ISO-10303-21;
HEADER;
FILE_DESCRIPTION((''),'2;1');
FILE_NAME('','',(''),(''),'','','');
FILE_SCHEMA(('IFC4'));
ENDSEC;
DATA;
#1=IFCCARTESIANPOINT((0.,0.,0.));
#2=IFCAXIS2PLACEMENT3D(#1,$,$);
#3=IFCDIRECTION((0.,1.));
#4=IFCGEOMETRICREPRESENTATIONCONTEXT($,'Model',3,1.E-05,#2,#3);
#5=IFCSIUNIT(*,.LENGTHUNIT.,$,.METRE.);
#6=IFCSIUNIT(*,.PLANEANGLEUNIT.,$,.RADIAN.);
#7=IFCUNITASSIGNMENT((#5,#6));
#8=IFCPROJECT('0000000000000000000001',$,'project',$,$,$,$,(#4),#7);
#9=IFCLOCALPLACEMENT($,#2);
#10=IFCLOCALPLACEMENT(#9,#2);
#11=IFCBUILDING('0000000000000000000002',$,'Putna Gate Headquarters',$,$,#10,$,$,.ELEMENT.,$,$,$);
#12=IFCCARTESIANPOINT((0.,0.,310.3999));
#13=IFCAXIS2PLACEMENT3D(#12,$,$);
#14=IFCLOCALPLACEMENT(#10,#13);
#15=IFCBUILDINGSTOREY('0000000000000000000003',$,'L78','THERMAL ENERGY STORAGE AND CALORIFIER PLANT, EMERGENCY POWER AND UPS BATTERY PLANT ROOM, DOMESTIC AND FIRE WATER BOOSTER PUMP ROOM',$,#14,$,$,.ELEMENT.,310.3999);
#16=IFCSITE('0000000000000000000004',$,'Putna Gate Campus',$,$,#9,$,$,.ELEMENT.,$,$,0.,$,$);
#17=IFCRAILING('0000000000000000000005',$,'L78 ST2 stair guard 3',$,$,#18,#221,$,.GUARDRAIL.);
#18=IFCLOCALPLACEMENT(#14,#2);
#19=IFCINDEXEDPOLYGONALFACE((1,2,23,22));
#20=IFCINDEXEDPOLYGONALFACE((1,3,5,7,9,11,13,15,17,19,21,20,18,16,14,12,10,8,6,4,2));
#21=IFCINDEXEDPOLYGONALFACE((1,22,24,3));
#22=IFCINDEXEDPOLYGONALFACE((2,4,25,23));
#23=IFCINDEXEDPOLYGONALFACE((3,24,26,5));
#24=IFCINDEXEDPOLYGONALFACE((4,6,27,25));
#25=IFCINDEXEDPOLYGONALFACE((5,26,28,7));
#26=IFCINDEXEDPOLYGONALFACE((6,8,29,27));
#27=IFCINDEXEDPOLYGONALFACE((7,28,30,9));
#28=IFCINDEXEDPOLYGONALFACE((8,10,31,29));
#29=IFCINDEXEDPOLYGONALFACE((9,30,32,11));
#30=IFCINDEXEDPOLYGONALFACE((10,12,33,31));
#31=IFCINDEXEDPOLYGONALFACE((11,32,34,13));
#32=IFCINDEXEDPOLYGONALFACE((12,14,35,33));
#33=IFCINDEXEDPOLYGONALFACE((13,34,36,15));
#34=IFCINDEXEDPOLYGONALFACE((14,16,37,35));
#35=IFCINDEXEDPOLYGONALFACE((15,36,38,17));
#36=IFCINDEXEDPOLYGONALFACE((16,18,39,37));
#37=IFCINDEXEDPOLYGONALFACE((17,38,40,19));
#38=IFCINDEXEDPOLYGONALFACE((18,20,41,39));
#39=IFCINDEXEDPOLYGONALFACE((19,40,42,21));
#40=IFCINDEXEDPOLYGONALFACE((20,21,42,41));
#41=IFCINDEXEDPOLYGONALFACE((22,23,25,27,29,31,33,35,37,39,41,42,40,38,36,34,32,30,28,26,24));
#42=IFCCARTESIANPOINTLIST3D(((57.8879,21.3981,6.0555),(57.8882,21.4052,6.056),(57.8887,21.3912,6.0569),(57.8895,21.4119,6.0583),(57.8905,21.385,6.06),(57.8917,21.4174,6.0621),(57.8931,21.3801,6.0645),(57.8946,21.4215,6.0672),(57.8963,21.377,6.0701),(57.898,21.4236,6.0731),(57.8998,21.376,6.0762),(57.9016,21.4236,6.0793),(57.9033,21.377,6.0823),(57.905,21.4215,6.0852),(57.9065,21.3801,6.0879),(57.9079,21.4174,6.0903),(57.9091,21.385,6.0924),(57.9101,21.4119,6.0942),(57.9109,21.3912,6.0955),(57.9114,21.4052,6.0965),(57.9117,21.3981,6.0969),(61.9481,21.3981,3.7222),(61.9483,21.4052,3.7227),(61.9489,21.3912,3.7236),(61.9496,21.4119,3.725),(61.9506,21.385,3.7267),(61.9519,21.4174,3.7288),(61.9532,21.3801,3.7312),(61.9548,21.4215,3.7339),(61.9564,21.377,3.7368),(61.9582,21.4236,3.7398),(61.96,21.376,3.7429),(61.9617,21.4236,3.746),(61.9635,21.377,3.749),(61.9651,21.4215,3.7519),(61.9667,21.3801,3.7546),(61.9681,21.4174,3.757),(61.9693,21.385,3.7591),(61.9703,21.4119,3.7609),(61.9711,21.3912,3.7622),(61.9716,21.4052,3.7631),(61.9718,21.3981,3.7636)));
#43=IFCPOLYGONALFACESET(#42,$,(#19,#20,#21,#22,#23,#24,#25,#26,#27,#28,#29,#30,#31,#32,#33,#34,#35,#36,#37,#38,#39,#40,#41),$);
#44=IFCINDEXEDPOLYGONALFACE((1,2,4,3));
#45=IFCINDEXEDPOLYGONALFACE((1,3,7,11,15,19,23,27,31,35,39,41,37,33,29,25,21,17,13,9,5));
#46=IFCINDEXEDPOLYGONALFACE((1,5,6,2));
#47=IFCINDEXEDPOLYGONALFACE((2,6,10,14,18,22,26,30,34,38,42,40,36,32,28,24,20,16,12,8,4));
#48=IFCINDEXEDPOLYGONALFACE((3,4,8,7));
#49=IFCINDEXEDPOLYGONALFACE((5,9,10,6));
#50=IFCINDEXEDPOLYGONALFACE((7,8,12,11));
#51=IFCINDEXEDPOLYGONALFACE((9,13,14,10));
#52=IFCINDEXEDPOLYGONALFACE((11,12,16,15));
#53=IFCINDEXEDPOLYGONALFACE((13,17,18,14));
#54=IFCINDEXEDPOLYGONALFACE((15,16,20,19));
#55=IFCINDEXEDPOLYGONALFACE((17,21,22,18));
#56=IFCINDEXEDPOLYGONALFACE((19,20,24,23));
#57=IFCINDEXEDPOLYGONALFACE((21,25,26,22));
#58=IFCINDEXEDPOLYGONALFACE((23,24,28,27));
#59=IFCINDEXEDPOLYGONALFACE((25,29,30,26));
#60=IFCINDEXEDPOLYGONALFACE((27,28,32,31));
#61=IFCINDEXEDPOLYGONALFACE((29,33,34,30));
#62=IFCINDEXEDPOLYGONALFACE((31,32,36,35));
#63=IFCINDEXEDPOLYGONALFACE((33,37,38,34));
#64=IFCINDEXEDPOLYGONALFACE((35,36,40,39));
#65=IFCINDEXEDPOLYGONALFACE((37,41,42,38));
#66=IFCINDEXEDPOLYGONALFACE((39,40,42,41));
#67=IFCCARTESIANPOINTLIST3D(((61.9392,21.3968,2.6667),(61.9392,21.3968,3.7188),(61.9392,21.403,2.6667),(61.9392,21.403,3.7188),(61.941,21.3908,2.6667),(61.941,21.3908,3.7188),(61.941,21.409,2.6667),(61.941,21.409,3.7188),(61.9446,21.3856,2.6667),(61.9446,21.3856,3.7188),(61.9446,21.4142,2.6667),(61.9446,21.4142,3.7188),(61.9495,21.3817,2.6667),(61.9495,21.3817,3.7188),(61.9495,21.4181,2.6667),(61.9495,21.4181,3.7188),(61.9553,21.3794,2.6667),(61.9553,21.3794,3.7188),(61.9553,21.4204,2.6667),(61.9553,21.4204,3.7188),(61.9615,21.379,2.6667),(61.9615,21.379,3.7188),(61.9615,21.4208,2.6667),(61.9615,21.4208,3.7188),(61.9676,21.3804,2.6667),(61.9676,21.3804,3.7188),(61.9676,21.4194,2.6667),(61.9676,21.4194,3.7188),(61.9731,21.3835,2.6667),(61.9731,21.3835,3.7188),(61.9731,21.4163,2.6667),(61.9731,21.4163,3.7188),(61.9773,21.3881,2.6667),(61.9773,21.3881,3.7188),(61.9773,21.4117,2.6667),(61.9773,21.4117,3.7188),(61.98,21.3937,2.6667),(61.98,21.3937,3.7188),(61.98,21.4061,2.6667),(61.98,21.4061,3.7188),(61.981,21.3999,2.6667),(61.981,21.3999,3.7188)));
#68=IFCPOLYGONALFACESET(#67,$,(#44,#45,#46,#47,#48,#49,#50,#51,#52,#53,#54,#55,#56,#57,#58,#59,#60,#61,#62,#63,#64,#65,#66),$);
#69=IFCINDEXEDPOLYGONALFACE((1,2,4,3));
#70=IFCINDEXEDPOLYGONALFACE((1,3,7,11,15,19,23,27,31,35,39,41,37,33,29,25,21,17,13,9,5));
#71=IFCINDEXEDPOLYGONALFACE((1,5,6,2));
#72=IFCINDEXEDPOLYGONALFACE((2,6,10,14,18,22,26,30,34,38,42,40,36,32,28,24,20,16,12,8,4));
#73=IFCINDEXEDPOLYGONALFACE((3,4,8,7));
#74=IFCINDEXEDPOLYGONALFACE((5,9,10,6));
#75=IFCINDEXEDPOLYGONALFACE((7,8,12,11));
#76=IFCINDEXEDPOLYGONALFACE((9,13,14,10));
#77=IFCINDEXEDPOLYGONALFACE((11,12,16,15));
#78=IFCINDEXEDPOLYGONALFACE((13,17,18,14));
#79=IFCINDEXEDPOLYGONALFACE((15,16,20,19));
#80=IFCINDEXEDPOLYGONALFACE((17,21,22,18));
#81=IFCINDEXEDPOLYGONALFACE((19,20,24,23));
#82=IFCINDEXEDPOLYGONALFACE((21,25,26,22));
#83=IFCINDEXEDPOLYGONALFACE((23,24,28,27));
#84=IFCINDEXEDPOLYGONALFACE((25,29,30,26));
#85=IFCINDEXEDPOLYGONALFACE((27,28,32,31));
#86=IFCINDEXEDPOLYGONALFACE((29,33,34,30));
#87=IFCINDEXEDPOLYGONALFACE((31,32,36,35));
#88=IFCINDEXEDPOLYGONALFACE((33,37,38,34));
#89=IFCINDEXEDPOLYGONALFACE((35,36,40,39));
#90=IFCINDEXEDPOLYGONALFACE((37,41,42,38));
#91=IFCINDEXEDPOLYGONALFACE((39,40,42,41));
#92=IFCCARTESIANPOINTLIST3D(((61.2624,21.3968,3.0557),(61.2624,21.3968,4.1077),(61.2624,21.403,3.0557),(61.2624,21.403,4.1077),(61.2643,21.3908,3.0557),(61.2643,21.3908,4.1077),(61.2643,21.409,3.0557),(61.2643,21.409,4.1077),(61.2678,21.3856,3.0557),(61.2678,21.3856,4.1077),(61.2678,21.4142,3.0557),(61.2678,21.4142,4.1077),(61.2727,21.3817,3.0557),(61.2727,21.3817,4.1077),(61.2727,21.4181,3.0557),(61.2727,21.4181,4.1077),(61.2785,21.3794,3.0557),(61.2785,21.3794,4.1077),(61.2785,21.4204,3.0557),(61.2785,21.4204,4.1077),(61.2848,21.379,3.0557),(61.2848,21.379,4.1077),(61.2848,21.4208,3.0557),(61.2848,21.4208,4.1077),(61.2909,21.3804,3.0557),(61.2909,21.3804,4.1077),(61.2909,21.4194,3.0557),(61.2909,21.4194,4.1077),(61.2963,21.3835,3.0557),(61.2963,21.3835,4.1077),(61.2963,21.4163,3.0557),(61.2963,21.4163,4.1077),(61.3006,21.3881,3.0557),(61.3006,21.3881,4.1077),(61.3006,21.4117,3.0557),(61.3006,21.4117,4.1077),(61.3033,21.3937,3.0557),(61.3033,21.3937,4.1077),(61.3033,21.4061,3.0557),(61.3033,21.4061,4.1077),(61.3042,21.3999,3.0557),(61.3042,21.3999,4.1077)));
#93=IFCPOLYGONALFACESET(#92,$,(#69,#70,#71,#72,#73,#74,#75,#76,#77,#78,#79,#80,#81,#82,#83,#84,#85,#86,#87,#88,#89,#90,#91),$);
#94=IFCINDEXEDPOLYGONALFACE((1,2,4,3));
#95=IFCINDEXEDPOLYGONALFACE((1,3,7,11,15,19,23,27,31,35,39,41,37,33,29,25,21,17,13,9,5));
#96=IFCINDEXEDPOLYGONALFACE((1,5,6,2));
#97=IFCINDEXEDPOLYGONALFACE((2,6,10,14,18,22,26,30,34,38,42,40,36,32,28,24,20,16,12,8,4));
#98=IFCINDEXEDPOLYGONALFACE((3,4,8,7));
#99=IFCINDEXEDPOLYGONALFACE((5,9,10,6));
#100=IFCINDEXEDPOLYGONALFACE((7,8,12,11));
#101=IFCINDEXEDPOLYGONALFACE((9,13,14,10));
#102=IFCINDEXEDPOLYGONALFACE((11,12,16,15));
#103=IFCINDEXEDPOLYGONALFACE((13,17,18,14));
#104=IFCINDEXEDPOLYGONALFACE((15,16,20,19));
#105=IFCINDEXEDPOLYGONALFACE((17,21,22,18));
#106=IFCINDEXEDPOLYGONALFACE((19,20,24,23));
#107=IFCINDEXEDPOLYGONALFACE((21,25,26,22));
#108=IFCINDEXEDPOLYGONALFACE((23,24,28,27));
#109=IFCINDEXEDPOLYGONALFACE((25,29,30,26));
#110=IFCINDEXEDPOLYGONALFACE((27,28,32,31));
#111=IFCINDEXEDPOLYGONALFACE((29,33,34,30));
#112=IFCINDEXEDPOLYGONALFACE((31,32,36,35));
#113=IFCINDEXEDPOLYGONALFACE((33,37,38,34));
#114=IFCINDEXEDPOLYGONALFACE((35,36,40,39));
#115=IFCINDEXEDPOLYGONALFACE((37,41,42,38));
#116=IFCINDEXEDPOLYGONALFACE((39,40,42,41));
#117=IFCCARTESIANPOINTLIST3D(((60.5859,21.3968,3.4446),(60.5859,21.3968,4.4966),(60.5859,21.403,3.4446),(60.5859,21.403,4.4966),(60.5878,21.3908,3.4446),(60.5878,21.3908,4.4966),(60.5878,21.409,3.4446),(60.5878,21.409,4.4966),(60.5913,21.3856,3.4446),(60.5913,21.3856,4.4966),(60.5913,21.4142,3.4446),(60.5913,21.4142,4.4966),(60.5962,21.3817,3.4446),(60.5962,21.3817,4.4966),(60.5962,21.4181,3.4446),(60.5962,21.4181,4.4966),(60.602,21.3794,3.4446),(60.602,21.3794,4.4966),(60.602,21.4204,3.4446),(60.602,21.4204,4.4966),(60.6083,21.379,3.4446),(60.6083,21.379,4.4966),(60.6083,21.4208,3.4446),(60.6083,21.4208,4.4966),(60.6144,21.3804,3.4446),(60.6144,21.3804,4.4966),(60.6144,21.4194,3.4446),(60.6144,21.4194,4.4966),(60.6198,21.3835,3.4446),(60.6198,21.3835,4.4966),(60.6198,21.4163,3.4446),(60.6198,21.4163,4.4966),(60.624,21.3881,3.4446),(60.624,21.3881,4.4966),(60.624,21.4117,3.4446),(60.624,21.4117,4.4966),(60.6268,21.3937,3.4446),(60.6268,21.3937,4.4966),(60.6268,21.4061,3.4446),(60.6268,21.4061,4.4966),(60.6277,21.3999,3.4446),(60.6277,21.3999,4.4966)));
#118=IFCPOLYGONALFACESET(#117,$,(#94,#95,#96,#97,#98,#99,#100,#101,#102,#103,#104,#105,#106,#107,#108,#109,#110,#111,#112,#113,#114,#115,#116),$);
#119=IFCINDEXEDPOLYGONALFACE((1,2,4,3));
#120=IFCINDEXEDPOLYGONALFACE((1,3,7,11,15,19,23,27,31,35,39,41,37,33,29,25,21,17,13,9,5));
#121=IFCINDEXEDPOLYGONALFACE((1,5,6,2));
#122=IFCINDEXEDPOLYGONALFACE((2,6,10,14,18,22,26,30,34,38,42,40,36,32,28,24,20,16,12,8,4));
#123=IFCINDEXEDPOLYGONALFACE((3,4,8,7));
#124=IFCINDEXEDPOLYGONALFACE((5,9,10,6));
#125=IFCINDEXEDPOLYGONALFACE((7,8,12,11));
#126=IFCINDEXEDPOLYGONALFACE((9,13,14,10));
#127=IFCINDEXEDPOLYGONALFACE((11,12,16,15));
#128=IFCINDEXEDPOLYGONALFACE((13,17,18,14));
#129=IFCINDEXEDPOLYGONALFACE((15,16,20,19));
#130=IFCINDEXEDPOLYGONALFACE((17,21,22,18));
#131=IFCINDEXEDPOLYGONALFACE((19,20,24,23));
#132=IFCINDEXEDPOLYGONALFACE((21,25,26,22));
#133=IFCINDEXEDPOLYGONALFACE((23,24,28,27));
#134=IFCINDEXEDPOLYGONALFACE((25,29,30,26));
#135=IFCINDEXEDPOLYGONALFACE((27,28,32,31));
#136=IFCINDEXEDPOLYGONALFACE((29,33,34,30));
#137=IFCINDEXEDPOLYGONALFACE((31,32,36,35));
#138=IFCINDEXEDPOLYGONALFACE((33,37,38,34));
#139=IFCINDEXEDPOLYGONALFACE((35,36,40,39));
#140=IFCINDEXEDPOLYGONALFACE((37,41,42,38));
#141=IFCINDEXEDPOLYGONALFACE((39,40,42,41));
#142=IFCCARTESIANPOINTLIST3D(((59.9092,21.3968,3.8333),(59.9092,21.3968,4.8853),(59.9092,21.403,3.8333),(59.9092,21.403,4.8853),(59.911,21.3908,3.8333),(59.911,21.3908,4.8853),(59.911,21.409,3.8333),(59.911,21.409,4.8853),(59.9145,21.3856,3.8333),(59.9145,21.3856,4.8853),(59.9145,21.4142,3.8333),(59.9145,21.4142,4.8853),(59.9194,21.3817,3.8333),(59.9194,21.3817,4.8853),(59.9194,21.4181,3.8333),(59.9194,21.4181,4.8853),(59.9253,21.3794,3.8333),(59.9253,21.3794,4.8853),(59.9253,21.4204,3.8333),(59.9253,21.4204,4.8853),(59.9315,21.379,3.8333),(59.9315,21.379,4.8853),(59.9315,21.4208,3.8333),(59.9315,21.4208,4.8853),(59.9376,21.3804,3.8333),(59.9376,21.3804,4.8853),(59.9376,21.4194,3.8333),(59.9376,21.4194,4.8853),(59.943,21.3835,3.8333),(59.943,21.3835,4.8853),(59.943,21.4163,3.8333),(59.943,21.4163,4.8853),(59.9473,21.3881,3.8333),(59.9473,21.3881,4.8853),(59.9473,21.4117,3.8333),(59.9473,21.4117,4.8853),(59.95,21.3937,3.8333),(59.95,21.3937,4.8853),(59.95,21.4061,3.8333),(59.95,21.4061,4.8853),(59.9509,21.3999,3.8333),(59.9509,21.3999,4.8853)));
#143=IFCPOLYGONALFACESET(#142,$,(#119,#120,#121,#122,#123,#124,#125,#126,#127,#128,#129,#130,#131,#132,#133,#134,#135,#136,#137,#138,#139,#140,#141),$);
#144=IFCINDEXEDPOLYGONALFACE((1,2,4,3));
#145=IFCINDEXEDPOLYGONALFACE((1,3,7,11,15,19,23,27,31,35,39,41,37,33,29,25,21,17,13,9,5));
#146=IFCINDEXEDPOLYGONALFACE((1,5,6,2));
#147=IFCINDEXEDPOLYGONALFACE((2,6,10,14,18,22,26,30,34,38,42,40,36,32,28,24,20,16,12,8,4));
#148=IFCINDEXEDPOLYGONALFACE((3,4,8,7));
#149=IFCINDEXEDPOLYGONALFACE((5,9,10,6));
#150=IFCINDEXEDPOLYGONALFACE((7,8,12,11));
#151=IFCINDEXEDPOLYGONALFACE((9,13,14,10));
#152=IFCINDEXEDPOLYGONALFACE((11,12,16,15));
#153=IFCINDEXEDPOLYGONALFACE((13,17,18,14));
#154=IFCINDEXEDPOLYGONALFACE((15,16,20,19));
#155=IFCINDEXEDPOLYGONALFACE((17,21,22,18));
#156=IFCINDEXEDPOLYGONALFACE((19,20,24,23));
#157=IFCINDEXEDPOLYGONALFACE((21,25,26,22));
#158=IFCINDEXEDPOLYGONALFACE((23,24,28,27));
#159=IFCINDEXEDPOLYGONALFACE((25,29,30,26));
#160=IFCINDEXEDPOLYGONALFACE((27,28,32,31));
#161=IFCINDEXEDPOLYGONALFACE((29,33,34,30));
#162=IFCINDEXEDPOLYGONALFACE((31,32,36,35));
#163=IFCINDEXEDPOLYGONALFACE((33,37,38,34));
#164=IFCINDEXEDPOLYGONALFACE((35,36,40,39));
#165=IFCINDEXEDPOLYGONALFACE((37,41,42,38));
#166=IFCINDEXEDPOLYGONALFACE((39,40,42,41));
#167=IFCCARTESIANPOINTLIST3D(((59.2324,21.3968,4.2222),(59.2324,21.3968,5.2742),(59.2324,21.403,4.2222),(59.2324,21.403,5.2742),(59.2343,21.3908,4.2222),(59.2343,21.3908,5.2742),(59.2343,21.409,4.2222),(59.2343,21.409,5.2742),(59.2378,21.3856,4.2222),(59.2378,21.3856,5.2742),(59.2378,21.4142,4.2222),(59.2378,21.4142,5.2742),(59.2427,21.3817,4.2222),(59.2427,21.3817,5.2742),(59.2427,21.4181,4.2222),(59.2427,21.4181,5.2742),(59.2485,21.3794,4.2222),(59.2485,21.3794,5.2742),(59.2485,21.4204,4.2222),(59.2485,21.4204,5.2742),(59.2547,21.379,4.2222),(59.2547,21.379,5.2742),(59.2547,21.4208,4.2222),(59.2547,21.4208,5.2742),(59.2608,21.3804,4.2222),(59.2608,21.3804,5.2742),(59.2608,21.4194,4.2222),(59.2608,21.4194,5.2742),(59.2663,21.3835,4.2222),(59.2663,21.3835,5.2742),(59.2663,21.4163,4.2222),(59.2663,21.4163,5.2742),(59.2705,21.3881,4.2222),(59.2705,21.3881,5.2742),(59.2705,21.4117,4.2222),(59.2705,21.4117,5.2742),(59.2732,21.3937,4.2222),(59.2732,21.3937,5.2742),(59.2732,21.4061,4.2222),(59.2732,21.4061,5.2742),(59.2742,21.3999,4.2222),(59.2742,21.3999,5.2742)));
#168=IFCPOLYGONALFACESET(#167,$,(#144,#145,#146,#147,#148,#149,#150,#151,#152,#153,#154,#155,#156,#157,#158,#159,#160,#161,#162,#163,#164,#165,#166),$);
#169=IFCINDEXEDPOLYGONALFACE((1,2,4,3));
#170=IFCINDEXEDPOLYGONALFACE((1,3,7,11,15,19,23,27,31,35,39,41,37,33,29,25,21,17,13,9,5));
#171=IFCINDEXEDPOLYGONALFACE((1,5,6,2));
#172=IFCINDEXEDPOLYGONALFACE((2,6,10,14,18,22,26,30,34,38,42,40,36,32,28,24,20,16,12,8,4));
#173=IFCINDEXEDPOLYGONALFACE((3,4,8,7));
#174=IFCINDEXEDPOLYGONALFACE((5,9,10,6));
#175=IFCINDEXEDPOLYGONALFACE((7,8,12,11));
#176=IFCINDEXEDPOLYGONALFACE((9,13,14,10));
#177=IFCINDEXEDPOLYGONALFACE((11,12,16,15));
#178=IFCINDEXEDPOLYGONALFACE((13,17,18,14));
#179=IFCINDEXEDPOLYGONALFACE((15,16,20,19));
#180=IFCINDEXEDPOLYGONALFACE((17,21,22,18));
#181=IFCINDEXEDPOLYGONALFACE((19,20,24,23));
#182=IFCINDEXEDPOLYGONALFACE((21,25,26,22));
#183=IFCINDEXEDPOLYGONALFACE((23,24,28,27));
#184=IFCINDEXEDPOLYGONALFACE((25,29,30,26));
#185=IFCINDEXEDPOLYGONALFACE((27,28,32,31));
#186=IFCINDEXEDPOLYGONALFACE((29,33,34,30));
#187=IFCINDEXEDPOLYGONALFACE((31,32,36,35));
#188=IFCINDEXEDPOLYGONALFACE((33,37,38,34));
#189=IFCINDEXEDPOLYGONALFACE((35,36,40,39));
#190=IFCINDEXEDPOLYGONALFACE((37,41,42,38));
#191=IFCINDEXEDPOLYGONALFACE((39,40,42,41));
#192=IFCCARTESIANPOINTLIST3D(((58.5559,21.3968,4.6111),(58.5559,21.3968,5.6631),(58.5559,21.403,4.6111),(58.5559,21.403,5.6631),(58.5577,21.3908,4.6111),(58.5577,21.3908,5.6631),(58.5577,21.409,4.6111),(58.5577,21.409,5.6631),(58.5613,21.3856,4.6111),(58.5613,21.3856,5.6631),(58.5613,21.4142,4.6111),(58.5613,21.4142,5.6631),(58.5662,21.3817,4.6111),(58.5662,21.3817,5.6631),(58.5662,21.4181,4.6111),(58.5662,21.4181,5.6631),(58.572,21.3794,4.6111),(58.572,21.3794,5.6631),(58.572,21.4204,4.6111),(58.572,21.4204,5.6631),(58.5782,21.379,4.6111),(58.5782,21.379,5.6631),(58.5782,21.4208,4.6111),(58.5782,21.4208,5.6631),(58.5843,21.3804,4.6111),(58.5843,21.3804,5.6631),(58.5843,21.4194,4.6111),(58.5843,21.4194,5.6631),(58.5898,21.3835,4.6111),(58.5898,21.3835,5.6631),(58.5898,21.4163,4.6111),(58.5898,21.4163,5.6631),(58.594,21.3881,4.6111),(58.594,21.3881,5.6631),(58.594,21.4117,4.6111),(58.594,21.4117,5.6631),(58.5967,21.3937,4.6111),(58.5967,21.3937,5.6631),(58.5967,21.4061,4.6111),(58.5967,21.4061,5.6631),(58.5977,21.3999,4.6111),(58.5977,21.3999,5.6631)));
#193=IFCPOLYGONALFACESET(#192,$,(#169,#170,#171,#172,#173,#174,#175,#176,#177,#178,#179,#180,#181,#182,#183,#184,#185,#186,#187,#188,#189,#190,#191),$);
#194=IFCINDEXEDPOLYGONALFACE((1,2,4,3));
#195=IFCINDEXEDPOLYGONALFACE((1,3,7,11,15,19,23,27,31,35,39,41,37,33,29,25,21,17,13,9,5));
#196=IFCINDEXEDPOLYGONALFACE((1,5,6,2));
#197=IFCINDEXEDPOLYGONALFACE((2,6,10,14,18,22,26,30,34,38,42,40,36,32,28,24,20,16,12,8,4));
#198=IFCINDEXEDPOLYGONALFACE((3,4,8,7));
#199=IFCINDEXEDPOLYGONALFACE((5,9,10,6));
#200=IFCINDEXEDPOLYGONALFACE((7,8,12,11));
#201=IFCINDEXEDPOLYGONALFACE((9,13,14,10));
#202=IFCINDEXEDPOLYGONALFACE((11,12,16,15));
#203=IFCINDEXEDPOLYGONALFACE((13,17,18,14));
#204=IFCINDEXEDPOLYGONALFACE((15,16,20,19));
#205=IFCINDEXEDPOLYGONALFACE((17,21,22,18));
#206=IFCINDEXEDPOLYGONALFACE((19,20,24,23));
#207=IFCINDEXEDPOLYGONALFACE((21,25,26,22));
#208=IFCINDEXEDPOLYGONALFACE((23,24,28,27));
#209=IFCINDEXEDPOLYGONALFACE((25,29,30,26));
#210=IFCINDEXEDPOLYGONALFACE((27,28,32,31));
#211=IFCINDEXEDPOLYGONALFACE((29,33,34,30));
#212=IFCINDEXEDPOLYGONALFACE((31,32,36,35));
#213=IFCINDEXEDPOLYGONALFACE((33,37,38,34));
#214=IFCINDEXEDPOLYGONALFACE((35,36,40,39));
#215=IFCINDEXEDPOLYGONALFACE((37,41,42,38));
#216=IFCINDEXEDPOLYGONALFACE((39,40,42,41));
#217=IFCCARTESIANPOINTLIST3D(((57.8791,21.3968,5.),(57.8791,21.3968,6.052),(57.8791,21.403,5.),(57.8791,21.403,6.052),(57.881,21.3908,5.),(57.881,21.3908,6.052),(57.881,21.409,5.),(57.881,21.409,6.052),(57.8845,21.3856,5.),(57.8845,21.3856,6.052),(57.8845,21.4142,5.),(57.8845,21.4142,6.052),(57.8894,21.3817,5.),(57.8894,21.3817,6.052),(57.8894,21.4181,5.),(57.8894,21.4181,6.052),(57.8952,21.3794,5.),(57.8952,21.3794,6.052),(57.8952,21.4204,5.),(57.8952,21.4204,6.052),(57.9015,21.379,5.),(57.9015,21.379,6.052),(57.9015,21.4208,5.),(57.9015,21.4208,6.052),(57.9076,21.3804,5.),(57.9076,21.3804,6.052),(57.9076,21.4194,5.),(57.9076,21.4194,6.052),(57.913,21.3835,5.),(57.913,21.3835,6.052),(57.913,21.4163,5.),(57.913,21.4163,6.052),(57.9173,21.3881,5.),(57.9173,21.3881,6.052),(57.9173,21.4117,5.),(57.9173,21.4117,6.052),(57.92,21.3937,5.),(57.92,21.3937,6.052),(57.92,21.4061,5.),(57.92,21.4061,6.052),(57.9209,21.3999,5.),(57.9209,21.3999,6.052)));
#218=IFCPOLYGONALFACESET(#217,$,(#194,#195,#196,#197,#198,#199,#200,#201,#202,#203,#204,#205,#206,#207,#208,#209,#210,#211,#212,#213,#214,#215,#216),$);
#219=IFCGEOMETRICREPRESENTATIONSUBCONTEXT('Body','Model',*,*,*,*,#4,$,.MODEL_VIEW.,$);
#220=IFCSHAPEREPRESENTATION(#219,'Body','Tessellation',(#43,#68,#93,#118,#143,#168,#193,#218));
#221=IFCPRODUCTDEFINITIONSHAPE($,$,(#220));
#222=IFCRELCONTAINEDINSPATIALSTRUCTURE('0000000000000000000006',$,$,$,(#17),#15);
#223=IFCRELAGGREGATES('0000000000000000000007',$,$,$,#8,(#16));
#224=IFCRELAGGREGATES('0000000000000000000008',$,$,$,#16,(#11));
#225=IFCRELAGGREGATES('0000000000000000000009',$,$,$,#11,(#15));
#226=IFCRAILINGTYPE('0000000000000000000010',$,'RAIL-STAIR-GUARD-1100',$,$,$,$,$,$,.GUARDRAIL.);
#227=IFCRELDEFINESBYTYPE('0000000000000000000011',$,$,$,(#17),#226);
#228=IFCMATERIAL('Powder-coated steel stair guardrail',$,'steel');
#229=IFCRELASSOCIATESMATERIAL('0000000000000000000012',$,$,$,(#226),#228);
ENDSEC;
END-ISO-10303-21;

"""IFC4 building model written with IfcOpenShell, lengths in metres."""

from ifc_helpers import new_model, si_unit, direction, frame, origin, origin_2d, place, context, subcontext, project, spatial, circle, extrude, material, type_object, element, save


model = new_model("IFC4")

# Units and contexts
model_context = context("Model", 3, precision=1e-05, world=origin(), true_north=direction((0.0, 1.0)))
body_context = subcontext(model_context, "Body", "Model", "MODEL_VIEW")
ifc_project = project(units=[si_unit("LENGTHUNIT", "METRE"), si_unit("PLANEANGLEUNIT", "RADIAN")], contexts=[model_context])

# Site, building, storey
site_placement = place(None, origin())
site = spatial("IfcSite", under=ifc_project, at=site_placement, Name="Putna Gate Campus", CompositionType="ELEMENT", RefElevation=0.0)
building_placement = place(site_placement, origin())
building = spatial("IfcBuilding", under=site, at=building_placement, Name="Putna Gate Headquarters", CompositionType="ELEMENT")
storey_placement = place(building_placement, frame((0.0, 0.0, 310.3999)))
storey = spatial("IfcBuildingStorey", under=building, at=storey_placement, Name="L78", Description="THERMAL ENERGY STORAGE AND CALORIFIER PLANT, EMERGENCY POWER AND UPS BATTERY PLANT ROOM, DOMESTIC AND FIRE WATER BOOSTER PUMP ROOM", CompositionType="ELEMENT", Elevation=310.3999)

# Railing
ifc_material_1 = material(Name="Powder-coated steel stair guardrail", Category="steel")
railing_type = type_object("IfcRailingType", Name="RAIL-STAIR-GUARD-1100", PredefinedType="GUARDRAIL", material=ifc_material_1)
railing_1_placement = place(storey_placement, frame((61.96, 21.3999, 2.6667)))
element("IfcRailing", 1, at=railing_1_placement, inside=storey, type_object=railing_type, Name="L78 ST2 stair guard 3", PredefinedType="GUARDRAIL", context=body_context, shape_type="SweptSolid", body=[
    extrude(circle(Radius=0.0239, at=origin_2d()), frame((0.0, 0.0, 1.0762), z_axis=(-0.867025, 0.0, 0.498265), x_axis=(0.0, -1.0, 0.0)), (0.0, 0.0, 1.0), 4.6829),
    extrude(circle(Radius=0.021, at=origin_2d()), origin(), (0.0, 0.0, 1.0), 1.052),
    extrude(circle(Radius=0.021, at=origin_2d()), frame((-0.6768, 0.0, 0.3889)), (0.0, 0.0, 1.0), 1.052),
    extrude(circle(Radius=0.021, at=origin_2d()), frame((-1.3533, 0.0, 0.7778)), (0.0, 0.0, 1.0), 1.052),
    extrude(circle(Radius=0.021, at=origin_2d()), frame((-2.03, 0.0, 1.1665)), (0.0, 0.0, 1.0), 1.052),
    extrude(circle(Radius=0.021, at=origin_2d()), frame((-2.7068, 0.0, 1.5554)), (0.0, 0.0, 1.0), 1.052),
    extrude(circle(Radius=0.021, at=origin_2d()), frame((-3.3833, 0.0, 1.9443)), (0.0, 0.0, 1.0), 1.052),
    extrude(circle(Radius=0.021, at=origin_2d()), frame((-4.0601, 0.0, 2.3333)), (0.0, 0.0, 1.0), 1.052),
])

save(model, "model.ifc")
